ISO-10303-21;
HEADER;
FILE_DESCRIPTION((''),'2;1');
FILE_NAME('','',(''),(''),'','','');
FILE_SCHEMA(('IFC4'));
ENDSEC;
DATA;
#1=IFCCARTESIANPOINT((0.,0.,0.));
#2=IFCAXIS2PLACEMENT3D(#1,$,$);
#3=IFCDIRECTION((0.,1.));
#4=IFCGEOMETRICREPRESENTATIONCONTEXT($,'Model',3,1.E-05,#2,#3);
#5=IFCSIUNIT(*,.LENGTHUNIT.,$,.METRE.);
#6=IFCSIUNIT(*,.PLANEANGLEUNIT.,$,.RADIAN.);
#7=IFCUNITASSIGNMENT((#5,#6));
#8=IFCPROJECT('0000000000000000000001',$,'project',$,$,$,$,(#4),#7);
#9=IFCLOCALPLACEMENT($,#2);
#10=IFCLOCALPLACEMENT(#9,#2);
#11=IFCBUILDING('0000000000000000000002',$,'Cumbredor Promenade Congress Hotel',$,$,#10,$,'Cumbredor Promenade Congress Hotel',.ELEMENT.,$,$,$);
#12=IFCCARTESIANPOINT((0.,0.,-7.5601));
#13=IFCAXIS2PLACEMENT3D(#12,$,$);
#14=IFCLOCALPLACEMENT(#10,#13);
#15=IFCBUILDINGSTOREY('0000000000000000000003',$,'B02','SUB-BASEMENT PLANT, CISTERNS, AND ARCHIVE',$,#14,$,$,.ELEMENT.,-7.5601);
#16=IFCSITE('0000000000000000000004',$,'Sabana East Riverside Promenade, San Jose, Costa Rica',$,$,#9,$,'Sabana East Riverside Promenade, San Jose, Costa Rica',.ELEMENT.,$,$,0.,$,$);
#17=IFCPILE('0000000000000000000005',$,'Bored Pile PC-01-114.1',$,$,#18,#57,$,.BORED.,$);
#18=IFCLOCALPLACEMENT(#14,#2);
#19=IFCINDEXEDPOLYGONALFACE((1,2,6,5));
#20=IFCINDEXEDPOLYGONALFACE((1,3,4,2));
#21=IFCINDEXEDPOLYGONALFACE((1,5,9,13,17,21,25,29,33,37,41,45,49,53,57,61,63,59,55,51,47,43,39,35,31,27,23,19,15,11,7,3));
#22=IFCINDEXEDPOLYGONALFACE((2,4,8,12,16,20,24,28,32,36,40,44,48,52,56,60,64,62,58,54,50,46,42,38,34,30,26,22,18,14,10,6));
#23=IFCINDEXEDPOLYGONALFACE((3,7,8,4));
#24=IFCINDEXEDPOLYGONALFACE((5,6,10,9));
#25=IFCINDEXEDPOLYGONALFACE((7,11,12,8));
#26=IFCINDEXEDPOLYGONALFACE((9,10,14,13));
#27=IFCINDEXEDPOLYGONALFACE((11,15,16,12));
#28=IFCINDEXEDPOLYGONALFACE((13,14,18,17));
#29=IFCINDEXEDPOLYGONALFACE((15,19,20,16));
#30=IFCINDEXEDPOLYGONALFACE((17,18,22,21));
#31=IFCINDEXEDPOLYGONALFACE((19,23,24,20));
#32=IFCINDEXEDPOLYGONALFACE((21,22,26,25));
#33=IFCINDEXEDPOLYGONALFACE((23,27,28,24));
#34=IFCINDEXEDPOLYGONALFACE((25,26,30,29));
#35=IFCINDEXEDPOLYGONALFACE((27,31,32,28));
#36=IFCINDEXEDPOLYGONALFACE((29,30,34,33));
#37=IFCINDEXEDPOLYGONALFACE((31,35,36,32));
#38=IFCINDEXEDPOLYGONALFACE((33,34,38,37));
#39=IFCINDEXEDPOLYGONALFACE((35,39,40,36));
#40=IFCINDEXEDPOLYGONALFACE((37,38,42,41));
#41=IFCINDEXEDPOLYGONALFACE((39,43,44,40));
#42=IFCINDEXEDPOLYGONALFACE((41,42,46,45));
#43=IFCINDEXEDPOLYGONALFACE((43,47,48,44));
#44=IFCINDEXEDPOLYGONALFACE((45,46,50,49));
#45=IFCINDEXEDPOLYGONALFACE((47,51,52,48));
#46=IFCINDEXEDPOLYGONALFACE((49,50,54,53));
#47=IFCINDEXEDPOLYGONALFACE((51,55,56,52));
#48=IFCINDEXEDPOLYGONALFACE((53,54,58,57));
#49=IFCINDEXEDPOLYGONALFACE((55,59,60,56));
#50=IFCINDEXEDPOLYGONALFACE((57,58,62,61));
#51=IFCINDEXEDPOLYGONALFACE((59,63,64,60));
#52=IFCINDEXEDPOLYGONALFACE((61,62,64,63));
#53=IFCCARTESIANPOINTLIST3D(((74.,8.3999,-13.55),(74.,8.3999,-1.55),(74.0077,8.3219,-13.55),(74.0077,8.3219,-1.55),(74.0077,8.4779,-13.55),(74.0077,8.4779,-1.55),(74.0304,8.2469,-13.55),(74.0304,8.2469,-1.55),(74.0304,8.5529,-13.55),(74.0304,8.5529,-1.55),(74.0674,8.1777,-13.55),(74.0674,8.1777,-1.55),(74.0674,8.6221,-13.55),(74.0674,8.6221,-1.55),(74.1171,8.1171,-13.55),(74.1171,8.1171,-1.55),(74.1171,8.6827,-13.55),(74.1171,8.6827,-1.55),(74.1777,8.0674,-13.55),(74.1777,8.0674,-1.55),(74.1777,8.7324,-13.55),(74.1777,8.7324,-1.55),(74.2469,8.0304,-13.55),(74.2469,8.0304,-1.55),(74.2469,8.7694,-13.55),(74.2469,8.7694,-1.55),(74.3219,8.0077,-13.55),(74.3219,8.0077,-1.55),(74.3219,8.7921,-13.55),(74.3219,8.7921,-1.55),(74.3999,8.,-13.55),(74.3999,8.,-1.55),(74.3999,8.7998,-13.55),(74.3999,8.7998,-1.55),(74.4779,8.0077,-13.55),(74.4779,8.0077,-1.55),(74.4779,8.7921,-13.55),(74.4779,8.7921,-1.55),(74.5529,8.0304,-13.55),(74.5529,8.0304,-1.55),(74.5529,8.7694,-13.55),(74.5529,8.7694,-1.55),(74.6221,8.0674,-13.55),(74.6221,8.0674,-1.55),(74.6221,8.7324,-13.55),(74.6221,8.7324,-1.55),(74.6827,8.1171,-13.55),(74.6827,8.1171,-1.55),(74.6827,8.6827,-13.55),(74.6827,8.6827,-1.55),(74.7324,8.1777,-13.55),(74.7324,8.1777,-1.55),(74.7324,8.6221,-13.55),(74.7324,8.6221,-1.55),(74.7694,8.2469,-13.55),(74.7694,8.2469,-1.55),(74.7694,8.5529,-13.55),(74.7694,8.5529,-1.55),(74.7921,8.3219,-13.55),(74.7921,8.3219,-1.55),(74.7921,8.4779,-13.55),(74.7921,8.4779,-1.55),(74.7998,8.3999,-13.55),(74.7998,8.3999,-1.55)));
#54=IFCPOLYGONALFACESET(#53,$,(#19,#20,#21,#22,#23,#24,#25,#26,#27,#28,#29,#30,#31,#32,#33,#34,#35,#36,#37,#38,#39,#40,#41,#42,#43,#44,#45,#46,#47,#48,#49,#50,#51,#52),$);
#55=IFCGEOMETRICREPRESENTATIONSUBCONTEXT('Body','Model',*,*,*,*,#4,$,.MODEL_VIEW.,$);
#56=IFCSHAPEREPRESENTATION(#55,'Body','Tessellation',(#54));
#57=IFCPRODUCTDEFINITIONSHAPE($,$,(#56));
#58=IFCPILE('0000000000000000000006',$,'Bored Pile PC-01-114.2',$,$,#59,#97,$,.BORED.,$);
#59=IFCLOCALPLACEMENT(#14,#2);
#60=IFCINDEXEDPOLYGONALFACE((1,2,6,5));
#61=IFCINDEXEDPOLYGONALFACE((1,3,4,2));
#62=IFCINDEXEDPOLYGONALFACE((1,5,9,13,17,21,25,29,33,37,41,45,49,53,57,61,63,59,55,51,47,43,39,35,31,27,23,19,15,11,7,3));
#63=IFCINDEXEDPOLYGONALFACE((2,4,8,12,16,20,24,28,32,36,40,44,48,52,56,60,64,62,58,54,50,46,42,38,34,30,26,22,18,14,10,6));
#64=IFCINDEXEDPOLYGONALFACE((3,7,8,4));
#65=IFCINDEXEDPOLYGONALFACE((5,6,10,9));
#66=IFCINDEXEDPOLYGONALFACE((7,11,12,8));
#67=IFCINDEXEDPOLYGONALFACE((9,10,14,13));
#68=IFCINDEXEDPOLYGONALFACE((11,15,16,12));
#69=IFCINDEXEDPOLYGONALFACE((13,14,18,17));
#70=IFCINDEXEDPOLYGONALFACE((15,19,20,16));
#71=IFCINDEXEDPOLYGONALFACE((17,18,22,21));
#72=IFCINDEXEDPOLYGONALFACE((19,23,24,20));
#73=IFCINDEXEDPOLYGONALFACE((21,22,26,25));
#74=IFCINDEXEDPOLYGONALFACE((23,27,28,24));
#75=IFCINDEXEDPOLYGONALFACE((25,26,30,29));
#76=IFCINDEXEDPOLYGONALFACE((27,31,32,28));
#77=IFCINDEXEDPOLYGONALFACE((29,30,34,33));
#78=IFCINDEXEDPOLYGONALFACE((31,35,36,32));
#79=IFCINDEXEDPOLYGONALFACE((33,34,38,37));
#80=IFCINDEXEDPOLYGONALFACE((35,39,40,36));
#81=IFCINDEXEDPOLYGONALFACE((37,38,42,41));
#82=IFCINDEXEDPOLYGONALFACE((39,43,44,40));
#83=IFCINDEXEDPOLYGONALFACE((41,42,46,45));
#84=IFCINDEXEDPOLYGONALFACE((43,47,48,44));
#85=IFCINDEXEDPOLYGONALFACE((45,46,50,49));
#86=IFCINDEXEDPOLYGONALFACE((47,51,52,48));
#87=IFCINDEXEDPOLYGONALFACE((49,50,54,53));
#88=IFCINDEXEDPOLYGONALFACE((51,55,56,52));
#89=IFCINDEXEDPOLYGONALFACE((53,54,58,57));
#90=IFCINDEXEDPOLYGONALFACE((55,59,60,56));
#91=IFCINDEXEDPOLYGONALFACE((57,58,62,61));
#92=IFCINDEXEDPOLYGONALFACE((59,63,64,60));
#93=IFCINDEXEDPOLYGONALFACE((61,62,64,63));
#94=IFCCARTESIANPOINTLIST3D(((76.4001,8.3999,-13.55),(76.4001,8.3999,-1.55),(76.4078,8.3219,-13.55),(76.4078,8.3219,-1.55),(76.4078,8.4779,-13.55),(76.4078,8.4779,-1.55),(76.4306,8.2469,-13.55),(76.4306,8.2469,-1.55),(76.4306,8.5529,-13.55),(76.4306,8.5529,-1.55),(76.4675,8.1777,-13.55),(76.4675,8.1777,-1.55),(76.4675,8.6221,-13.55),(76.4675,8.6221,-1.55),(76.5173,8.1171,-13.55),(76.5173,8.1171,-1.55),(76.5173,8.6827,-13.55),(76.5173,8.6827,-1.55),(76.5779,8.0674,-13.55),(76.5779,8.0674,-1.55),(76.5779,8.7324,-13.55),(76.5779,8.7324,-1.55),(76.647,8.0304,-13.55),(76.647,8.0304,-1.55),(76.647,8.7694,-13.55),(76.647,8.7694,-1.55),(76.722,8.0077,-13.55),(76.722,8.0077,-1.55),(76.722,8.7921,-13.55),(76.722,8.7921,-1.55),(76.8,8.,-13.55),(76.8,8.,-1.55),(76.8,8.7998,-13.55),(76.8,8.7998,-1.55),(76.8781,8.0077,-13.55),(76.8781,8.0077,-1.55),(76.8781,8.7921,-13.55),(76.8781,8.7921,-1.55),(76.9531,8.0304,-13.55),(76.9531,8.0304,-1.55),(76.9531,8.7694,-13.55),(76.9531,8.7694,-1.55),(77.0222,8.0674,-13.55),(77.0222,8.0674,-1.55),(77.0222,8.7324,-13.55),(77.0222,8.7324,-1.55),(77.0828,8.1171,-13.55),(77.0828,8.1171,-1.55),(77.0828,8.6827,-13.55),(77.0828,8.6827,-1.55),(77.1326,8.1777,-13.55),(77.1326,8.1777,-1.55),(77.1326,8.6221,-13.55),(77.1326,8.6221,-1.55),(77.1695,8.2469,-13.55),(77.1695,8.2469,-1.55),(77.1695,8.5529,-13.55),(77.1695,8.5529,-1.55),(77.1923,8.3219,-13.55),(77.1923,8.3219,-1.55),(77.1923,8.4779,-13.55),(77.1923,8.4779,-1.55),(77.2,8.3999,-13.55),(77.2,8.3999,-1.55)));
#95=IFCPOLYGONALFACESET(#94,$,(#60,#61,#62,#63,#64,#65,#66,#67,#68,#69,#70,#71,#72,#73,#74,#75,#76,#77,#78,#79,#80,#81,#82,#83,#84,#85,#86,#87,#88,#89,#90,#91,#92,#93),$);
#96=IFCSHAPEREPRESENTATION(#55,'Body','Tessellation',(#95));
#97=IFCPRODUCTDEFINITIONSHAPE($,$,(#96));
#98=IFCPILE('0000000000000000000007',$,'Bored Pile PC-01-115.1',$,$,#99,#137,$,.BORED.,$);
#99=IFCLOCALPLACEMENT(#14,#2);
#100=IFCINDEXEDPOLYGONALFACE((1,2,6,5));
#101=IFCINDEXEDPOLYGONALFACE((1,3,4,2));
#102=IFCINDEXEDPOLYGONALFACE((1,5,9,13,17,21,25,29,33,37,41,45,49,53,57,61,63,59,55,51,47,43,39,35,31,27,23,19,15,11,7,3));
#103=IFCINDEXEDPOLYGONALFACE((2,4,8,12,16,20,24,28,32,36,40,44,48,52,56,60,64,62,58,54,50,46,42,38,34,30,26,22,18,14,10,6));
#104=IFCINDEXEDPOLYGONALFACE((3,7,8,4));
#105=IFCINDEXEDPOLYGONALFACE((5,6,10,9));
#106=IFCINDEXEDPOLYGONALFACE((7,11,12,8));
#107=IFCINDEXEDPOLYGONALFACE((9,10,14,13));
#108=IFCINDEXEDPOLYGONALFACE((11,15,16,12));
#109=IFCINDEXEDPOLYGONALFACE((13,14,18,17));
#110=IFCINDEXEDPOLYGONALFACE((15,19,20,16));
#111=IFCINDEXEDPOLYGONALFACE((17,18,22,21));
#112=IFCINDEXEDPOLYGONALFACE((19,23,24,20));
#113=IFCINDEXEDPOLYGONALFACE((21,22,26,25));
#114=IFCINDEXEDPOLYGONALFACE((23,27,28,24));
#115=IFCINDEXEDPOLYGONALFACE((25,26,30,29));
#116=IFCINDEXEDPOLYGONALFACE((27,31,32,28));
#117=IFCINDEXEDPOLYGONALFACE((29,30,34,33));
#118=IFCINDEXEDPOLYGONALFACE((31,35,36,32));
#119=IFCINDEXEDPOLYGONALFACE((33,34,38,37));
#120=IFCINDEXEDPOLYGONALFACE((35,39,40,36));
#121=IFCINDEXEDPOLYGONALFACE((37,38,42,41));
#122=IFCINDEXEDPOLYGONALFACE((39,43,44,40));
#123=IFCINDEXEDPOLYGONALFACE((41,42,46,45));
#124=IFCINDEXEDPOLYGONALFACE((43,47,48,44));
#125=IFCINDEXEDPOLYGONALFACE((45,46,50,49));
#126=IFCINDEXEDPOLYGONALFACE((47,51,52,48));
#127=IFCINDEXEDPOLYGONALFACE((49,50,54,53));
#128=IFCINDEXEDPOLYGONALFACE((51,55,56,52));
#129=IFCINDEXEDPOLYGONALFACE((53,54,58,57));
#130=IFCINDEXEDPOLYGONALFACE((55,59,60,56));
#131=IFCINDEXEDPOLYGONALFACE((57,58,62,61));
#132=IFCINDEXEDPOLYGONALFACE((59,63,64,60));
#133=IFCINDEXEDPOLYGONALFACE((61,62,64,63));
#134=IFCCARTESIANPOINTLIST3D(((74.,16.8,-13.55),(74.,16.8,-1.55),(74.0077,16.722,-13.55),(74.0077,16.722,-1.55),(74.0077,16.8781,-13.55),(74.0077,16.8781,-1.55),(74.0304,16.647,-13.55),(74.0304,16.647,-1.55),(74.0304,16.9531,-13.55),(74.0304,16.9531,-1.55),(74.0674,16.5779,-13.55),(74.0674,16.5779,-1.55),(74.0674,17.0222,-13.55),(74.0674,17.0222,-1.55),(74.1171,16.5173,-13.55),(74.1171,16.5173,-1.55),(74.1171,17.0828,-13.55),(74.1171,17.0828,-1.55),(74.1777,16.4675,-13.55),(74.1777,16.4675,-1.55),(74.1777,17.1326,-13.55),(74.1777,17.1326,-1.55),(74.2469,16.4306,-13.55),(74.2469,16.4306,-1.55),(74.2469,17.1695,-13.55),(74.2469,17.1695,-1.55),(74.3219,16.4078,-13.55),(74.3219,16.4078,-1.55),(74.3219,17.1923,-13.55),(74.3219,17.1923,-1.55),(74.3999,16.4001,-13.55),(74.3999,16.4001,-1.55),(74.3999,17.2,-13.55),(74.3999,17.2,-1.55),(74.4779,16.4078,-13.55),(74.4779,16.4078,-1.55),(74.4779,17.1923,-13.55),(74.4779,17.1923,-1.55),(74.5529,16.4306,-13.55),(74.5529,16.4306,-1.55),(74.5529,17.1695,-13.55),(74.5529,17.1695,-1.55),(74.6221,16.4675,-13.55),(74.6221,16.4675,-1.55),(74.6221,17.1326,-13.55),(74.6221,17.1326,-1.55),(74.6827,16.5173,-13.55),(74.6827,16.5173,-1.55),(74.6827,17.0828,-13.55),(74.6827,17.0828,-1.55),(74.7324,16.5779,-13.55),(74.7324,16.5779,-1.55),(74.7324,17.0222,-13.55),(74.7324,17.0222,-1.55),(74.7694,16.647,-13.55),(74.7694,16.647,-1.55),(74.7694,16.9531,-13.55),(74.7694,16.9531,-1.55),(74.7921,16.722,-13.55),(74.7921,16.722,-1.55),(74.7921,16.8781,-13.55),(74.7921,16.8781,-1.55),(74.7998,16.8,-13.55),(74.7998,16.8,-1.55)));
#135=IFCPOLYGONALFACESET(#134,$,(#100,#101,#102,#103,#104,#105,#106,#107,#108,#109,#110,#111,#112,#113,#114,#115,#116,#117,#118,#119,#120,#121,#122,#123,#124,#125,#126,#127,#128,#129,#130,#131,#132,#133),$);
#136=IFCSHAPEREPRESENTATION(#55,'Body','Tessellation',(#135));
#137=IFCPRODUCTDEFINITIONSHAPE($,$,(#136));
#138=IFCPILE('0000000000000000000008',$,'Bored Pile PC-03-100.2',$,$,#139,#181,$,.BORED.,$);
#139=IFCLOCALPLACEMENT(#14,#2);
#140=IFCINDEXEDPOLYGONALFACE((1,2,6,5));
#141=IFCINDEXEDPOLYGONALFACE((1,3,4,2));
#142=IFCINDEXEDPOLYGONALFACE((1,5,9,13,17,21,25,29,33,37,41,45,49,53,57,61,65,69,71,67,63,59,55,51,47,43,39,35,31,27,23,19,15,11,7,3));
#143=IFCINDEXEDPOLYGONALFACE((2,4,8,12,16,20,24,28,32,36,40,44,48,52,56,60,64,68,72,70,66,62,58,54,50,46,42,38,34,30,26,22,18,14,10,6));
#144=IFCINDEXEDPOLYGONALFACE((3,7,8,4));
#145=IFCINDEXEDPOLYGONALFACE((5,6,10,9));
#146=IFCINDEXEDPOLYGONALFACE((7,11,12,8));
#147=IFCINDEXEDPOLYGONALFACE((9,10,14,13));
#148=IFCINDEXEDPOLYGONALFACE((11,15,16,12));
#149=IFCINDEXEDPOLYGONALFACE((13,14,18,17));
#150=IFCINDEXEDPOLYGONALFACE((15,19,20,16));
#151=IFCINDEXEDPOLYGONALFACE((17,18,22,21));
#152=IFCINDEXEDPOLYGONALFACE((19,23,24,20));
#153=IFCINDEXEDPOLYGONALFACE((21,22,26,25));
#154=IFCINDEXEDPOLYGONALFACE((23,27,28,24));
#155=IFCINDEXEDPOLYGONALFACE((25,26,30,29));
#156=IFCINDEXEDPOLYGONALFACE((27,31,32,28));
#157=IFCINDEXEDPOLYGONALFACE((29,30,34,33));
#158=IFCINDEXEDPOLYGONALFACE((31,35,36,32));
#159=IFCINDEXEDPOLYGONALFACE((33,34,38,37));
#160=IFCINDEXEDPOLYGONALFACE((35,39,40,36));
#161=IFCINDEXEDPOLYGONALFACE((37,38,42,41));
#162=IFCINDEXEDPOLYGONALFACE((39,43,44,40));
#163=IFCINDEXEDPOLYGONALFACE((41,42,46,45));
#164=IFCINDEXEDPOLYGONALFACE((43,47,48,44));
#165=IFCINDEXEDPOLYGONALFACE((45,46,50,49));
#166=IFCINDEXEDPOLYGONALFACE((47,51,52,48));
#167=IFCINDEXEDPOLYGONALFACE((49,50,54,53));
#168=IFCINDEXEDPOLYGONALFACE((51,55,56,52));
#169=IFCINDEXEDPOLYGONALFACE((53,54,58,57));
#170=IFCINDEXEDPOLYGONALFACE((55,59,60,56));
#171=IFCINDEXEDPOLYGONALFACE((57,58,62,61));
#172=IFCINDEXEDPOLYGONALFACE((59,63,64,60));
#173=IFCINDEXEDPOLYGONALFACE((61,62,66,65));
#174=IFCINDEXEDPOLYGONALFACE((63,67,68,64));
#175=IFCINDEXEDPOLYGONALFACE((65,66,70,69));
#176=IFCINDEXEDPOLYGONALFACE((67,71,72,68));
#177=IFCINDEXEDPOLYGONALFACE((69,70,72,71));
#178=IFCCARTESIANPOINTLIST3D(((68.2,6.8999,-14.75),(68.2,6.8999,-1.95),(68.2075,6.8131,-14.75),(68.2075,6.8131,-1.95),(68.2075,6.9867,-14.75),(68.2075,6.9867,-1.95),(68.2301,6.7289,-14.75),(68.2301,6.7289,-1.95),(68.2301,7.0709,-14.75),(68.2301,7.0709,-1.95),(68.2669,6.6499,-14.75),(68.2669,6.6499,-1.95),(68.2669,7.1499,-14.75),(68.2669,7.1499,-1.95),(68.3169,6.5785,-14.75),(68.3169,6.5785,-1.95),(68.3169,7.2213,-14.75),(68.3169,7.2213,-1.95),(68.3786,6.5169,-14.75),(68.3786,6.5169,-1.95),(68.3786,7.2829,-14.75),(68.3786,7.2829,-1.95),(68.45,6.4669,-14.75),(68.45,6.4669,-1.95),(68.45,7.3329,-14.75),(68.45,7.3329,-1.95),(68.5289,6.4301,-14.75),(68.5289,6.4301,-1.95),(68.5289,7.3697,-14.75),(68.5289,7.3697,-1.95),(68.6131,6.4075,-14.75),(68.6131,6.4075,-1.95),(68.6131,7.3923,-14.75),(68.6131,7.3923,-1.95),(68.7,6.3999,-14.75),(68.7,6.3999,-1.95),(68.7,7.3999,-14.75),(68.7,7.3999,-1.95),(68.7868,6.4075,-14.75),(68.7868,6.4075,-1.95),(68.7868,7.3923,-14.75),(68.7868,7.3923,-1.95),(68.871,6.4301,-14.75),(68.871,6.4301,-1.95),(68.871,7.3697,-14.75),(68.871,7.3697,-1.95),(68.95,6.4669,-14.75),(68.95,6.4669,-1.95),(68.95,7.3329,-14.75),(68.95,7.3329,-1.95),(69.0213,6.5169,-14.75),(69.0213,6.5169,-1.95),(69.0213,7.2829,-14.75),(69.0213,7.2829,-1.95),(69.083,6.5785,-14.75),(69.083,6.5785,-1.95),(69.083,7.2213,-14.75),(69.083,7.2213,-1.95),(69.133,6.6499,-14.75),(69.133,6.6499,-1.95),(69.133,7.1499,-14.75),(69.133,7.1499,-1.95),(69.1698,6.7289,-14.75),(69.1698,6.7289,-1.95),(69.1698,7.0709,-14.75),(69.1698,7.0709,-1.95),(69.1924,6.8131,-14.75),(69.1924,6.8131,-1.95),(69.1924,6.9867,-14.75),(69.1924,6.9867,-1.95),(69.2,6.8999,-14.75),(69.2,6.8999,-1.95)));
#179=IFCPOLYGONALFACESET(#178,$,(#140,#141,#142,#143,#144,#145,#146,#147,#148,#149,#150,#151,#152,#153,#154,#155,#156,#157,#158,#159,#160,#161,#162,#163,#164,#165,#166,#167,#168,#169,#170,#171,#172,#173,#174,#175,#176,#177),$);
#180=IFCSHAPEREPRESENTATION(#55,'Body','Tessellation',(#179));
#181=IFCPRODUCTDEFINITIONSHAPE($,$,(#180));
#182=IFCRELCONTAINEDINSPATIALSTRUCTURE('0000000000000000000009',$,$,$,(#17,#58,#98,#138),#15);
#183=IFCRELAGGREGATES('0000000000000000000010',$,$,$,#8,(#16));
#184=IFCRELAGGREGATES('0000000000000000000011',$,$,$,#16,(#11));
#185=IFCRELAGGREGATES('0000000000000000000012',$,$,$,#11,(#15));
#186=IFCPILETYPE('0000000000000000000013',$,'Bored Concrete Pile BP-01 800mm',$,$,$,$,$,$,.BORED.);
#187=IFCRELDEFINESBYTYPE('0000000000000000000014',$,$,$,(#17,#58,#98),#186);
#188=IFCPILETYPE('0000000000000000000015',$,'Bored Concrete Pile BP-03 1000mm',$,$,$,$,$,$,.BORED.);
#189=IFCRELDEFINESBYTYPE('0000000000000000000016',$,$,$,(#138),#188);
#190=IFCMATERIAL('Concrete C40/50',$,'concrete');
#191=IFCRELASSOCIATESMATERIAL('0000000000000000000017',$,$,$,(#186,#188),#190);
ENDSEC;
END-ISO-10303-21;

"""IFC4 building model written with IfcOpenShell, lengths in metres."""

from ifc_helpers import new_model, si_unit, direction, frame, origin, origin_2d, place, context, subcontext, project, spatial, circle, extrude, material, material_profile, profile_set, type_object, element, save


model = new_model("IFC4")

# Units and contexts
model_context = context("Model", 3, precision=1e-05, world=origin(), true_north=direction((0.0, 1.0)))
body_context = subcontext(model_context, "Body", "Model", "MODEL_VIEW")
ifc_project = project(units=[si_unit("LENGTHUNIT", "METRE"), si_unit("PLANEANGLEUNIT", "RADIAN")], contexts=[model_context])

# Site, building, storey
site_placement = place(None, origin())
site = spatial("IfcSite", under=ifc_project, at=site_placement, Name="Sabana East Riverside Promenade, San Jose, Costa Rica", LongName="Sabana East Riverside Promenade, San Jose, Costa Rica", CompositionType="ELEMENT", RefElevation=0.0)
building_placement = place(site_placement, origin())
building = spatial("IfcBuilding", under=site, at=building_placement, Name="Cumbredor Promenade Congress Hotel", LongName="Cumbredor Promenade Congress Hotel", CompositionType="ELEMENT")
storey_placement = place(building_placement, frame((0.0, 0.0, -7.5601)))
storey = spatial("IfcBuildingStorey", under=building, at=storey_placement, Name="B02", Description="SUB-BASEMENT PLANT, CISTERNS, AND ARCHIVE", CompositionType="ELEMENT", Elevation=-7.5601)

# Piles
ifc_material_1 = material(Name="Concrete C40/50", Category="concrete")
ifc_material_profile_1 = material_profile(ifc_material_1, circle(Radius=0.3999, at=origin_2d()), Name="PILE D800")
ifc_profile_set_1 = profile_set([ifc_material_profile_1], Name="Concrete C40/50")
pile_type_1 = type_object("IfcPileType", Name="Bored Concrete Pile BP-01 800mm", PredefinedType="BORED", material=ifc_profile_set_1)
for number, where, z_axis, x_axis, name in (
    (1, (74.3999, 8.3999, -1.55), (0.0, 0.0, -1.0), (1.0, 0.0, 0.0), "Bored Pile PC-01-114.1"),
    (2, (76.8, 8.3999, -1.55), (0.0, 0.0, -1.0), (1.0, 0.0, 0.0), "Bored Pile PC-01-114.2"),
    (3, (74.3999, 16.8, -1.55), (0.0, 0.0, -1.0), (1.0, 0.0, 0.0), "Bored Pile PC-01-115.1"),
):
    element("IfcPile", number, at=place(storey_placement, frame(where, z_axis=z_axis, x_axis=x_axis)), inside=storey, type_object=pile_type_1, Name=name, PredefinedType="BORED", context=body_context, shape_type="SweptSolid", body=[
        extrude(circle(Radius=0.3999, at=origin_2d()), origin(), (0.0, 0.0, 1.0), 12.0),
    ])
ifc_material_profile_2 = material_profile(ifc_material_1, circle(Radius=0.5, at=origin_2d()), Name="PILE D1000")
ifc_profile_set_2 = profile_set([ifc_material_profile_2], Name="Concrete C40/50")
pile_type_2 = type_object("IfcPileType", Name="Bored Concrete Pile BP-03 1000mm", PredefinedType="BORED", material=ifc_profile_set_2)
for number, where, z_axis, x_axis, name in (
    (4, (68.7, 6.8999, -1.95), (0.0, 0.0, -1.0), (1.0, 0.0, 0.0), "Bored Pile PC-03-100.2"),
):
    element("IfcPile", number, at=place(storey_placement, frame(where, z_axis=z_axis, x_axis=x_axis)), inside=storey, type_object=pile_type_2, Name=name, PredefinedType="BORED", context=body_context, shape_type="SweptSolid", body=[
        extrude(circle(Radius=0.5, at=origin_2d()), origin(), (0.0, 0.0, 1.0), 12.8),
    ])

save(model, "model.ifc")
